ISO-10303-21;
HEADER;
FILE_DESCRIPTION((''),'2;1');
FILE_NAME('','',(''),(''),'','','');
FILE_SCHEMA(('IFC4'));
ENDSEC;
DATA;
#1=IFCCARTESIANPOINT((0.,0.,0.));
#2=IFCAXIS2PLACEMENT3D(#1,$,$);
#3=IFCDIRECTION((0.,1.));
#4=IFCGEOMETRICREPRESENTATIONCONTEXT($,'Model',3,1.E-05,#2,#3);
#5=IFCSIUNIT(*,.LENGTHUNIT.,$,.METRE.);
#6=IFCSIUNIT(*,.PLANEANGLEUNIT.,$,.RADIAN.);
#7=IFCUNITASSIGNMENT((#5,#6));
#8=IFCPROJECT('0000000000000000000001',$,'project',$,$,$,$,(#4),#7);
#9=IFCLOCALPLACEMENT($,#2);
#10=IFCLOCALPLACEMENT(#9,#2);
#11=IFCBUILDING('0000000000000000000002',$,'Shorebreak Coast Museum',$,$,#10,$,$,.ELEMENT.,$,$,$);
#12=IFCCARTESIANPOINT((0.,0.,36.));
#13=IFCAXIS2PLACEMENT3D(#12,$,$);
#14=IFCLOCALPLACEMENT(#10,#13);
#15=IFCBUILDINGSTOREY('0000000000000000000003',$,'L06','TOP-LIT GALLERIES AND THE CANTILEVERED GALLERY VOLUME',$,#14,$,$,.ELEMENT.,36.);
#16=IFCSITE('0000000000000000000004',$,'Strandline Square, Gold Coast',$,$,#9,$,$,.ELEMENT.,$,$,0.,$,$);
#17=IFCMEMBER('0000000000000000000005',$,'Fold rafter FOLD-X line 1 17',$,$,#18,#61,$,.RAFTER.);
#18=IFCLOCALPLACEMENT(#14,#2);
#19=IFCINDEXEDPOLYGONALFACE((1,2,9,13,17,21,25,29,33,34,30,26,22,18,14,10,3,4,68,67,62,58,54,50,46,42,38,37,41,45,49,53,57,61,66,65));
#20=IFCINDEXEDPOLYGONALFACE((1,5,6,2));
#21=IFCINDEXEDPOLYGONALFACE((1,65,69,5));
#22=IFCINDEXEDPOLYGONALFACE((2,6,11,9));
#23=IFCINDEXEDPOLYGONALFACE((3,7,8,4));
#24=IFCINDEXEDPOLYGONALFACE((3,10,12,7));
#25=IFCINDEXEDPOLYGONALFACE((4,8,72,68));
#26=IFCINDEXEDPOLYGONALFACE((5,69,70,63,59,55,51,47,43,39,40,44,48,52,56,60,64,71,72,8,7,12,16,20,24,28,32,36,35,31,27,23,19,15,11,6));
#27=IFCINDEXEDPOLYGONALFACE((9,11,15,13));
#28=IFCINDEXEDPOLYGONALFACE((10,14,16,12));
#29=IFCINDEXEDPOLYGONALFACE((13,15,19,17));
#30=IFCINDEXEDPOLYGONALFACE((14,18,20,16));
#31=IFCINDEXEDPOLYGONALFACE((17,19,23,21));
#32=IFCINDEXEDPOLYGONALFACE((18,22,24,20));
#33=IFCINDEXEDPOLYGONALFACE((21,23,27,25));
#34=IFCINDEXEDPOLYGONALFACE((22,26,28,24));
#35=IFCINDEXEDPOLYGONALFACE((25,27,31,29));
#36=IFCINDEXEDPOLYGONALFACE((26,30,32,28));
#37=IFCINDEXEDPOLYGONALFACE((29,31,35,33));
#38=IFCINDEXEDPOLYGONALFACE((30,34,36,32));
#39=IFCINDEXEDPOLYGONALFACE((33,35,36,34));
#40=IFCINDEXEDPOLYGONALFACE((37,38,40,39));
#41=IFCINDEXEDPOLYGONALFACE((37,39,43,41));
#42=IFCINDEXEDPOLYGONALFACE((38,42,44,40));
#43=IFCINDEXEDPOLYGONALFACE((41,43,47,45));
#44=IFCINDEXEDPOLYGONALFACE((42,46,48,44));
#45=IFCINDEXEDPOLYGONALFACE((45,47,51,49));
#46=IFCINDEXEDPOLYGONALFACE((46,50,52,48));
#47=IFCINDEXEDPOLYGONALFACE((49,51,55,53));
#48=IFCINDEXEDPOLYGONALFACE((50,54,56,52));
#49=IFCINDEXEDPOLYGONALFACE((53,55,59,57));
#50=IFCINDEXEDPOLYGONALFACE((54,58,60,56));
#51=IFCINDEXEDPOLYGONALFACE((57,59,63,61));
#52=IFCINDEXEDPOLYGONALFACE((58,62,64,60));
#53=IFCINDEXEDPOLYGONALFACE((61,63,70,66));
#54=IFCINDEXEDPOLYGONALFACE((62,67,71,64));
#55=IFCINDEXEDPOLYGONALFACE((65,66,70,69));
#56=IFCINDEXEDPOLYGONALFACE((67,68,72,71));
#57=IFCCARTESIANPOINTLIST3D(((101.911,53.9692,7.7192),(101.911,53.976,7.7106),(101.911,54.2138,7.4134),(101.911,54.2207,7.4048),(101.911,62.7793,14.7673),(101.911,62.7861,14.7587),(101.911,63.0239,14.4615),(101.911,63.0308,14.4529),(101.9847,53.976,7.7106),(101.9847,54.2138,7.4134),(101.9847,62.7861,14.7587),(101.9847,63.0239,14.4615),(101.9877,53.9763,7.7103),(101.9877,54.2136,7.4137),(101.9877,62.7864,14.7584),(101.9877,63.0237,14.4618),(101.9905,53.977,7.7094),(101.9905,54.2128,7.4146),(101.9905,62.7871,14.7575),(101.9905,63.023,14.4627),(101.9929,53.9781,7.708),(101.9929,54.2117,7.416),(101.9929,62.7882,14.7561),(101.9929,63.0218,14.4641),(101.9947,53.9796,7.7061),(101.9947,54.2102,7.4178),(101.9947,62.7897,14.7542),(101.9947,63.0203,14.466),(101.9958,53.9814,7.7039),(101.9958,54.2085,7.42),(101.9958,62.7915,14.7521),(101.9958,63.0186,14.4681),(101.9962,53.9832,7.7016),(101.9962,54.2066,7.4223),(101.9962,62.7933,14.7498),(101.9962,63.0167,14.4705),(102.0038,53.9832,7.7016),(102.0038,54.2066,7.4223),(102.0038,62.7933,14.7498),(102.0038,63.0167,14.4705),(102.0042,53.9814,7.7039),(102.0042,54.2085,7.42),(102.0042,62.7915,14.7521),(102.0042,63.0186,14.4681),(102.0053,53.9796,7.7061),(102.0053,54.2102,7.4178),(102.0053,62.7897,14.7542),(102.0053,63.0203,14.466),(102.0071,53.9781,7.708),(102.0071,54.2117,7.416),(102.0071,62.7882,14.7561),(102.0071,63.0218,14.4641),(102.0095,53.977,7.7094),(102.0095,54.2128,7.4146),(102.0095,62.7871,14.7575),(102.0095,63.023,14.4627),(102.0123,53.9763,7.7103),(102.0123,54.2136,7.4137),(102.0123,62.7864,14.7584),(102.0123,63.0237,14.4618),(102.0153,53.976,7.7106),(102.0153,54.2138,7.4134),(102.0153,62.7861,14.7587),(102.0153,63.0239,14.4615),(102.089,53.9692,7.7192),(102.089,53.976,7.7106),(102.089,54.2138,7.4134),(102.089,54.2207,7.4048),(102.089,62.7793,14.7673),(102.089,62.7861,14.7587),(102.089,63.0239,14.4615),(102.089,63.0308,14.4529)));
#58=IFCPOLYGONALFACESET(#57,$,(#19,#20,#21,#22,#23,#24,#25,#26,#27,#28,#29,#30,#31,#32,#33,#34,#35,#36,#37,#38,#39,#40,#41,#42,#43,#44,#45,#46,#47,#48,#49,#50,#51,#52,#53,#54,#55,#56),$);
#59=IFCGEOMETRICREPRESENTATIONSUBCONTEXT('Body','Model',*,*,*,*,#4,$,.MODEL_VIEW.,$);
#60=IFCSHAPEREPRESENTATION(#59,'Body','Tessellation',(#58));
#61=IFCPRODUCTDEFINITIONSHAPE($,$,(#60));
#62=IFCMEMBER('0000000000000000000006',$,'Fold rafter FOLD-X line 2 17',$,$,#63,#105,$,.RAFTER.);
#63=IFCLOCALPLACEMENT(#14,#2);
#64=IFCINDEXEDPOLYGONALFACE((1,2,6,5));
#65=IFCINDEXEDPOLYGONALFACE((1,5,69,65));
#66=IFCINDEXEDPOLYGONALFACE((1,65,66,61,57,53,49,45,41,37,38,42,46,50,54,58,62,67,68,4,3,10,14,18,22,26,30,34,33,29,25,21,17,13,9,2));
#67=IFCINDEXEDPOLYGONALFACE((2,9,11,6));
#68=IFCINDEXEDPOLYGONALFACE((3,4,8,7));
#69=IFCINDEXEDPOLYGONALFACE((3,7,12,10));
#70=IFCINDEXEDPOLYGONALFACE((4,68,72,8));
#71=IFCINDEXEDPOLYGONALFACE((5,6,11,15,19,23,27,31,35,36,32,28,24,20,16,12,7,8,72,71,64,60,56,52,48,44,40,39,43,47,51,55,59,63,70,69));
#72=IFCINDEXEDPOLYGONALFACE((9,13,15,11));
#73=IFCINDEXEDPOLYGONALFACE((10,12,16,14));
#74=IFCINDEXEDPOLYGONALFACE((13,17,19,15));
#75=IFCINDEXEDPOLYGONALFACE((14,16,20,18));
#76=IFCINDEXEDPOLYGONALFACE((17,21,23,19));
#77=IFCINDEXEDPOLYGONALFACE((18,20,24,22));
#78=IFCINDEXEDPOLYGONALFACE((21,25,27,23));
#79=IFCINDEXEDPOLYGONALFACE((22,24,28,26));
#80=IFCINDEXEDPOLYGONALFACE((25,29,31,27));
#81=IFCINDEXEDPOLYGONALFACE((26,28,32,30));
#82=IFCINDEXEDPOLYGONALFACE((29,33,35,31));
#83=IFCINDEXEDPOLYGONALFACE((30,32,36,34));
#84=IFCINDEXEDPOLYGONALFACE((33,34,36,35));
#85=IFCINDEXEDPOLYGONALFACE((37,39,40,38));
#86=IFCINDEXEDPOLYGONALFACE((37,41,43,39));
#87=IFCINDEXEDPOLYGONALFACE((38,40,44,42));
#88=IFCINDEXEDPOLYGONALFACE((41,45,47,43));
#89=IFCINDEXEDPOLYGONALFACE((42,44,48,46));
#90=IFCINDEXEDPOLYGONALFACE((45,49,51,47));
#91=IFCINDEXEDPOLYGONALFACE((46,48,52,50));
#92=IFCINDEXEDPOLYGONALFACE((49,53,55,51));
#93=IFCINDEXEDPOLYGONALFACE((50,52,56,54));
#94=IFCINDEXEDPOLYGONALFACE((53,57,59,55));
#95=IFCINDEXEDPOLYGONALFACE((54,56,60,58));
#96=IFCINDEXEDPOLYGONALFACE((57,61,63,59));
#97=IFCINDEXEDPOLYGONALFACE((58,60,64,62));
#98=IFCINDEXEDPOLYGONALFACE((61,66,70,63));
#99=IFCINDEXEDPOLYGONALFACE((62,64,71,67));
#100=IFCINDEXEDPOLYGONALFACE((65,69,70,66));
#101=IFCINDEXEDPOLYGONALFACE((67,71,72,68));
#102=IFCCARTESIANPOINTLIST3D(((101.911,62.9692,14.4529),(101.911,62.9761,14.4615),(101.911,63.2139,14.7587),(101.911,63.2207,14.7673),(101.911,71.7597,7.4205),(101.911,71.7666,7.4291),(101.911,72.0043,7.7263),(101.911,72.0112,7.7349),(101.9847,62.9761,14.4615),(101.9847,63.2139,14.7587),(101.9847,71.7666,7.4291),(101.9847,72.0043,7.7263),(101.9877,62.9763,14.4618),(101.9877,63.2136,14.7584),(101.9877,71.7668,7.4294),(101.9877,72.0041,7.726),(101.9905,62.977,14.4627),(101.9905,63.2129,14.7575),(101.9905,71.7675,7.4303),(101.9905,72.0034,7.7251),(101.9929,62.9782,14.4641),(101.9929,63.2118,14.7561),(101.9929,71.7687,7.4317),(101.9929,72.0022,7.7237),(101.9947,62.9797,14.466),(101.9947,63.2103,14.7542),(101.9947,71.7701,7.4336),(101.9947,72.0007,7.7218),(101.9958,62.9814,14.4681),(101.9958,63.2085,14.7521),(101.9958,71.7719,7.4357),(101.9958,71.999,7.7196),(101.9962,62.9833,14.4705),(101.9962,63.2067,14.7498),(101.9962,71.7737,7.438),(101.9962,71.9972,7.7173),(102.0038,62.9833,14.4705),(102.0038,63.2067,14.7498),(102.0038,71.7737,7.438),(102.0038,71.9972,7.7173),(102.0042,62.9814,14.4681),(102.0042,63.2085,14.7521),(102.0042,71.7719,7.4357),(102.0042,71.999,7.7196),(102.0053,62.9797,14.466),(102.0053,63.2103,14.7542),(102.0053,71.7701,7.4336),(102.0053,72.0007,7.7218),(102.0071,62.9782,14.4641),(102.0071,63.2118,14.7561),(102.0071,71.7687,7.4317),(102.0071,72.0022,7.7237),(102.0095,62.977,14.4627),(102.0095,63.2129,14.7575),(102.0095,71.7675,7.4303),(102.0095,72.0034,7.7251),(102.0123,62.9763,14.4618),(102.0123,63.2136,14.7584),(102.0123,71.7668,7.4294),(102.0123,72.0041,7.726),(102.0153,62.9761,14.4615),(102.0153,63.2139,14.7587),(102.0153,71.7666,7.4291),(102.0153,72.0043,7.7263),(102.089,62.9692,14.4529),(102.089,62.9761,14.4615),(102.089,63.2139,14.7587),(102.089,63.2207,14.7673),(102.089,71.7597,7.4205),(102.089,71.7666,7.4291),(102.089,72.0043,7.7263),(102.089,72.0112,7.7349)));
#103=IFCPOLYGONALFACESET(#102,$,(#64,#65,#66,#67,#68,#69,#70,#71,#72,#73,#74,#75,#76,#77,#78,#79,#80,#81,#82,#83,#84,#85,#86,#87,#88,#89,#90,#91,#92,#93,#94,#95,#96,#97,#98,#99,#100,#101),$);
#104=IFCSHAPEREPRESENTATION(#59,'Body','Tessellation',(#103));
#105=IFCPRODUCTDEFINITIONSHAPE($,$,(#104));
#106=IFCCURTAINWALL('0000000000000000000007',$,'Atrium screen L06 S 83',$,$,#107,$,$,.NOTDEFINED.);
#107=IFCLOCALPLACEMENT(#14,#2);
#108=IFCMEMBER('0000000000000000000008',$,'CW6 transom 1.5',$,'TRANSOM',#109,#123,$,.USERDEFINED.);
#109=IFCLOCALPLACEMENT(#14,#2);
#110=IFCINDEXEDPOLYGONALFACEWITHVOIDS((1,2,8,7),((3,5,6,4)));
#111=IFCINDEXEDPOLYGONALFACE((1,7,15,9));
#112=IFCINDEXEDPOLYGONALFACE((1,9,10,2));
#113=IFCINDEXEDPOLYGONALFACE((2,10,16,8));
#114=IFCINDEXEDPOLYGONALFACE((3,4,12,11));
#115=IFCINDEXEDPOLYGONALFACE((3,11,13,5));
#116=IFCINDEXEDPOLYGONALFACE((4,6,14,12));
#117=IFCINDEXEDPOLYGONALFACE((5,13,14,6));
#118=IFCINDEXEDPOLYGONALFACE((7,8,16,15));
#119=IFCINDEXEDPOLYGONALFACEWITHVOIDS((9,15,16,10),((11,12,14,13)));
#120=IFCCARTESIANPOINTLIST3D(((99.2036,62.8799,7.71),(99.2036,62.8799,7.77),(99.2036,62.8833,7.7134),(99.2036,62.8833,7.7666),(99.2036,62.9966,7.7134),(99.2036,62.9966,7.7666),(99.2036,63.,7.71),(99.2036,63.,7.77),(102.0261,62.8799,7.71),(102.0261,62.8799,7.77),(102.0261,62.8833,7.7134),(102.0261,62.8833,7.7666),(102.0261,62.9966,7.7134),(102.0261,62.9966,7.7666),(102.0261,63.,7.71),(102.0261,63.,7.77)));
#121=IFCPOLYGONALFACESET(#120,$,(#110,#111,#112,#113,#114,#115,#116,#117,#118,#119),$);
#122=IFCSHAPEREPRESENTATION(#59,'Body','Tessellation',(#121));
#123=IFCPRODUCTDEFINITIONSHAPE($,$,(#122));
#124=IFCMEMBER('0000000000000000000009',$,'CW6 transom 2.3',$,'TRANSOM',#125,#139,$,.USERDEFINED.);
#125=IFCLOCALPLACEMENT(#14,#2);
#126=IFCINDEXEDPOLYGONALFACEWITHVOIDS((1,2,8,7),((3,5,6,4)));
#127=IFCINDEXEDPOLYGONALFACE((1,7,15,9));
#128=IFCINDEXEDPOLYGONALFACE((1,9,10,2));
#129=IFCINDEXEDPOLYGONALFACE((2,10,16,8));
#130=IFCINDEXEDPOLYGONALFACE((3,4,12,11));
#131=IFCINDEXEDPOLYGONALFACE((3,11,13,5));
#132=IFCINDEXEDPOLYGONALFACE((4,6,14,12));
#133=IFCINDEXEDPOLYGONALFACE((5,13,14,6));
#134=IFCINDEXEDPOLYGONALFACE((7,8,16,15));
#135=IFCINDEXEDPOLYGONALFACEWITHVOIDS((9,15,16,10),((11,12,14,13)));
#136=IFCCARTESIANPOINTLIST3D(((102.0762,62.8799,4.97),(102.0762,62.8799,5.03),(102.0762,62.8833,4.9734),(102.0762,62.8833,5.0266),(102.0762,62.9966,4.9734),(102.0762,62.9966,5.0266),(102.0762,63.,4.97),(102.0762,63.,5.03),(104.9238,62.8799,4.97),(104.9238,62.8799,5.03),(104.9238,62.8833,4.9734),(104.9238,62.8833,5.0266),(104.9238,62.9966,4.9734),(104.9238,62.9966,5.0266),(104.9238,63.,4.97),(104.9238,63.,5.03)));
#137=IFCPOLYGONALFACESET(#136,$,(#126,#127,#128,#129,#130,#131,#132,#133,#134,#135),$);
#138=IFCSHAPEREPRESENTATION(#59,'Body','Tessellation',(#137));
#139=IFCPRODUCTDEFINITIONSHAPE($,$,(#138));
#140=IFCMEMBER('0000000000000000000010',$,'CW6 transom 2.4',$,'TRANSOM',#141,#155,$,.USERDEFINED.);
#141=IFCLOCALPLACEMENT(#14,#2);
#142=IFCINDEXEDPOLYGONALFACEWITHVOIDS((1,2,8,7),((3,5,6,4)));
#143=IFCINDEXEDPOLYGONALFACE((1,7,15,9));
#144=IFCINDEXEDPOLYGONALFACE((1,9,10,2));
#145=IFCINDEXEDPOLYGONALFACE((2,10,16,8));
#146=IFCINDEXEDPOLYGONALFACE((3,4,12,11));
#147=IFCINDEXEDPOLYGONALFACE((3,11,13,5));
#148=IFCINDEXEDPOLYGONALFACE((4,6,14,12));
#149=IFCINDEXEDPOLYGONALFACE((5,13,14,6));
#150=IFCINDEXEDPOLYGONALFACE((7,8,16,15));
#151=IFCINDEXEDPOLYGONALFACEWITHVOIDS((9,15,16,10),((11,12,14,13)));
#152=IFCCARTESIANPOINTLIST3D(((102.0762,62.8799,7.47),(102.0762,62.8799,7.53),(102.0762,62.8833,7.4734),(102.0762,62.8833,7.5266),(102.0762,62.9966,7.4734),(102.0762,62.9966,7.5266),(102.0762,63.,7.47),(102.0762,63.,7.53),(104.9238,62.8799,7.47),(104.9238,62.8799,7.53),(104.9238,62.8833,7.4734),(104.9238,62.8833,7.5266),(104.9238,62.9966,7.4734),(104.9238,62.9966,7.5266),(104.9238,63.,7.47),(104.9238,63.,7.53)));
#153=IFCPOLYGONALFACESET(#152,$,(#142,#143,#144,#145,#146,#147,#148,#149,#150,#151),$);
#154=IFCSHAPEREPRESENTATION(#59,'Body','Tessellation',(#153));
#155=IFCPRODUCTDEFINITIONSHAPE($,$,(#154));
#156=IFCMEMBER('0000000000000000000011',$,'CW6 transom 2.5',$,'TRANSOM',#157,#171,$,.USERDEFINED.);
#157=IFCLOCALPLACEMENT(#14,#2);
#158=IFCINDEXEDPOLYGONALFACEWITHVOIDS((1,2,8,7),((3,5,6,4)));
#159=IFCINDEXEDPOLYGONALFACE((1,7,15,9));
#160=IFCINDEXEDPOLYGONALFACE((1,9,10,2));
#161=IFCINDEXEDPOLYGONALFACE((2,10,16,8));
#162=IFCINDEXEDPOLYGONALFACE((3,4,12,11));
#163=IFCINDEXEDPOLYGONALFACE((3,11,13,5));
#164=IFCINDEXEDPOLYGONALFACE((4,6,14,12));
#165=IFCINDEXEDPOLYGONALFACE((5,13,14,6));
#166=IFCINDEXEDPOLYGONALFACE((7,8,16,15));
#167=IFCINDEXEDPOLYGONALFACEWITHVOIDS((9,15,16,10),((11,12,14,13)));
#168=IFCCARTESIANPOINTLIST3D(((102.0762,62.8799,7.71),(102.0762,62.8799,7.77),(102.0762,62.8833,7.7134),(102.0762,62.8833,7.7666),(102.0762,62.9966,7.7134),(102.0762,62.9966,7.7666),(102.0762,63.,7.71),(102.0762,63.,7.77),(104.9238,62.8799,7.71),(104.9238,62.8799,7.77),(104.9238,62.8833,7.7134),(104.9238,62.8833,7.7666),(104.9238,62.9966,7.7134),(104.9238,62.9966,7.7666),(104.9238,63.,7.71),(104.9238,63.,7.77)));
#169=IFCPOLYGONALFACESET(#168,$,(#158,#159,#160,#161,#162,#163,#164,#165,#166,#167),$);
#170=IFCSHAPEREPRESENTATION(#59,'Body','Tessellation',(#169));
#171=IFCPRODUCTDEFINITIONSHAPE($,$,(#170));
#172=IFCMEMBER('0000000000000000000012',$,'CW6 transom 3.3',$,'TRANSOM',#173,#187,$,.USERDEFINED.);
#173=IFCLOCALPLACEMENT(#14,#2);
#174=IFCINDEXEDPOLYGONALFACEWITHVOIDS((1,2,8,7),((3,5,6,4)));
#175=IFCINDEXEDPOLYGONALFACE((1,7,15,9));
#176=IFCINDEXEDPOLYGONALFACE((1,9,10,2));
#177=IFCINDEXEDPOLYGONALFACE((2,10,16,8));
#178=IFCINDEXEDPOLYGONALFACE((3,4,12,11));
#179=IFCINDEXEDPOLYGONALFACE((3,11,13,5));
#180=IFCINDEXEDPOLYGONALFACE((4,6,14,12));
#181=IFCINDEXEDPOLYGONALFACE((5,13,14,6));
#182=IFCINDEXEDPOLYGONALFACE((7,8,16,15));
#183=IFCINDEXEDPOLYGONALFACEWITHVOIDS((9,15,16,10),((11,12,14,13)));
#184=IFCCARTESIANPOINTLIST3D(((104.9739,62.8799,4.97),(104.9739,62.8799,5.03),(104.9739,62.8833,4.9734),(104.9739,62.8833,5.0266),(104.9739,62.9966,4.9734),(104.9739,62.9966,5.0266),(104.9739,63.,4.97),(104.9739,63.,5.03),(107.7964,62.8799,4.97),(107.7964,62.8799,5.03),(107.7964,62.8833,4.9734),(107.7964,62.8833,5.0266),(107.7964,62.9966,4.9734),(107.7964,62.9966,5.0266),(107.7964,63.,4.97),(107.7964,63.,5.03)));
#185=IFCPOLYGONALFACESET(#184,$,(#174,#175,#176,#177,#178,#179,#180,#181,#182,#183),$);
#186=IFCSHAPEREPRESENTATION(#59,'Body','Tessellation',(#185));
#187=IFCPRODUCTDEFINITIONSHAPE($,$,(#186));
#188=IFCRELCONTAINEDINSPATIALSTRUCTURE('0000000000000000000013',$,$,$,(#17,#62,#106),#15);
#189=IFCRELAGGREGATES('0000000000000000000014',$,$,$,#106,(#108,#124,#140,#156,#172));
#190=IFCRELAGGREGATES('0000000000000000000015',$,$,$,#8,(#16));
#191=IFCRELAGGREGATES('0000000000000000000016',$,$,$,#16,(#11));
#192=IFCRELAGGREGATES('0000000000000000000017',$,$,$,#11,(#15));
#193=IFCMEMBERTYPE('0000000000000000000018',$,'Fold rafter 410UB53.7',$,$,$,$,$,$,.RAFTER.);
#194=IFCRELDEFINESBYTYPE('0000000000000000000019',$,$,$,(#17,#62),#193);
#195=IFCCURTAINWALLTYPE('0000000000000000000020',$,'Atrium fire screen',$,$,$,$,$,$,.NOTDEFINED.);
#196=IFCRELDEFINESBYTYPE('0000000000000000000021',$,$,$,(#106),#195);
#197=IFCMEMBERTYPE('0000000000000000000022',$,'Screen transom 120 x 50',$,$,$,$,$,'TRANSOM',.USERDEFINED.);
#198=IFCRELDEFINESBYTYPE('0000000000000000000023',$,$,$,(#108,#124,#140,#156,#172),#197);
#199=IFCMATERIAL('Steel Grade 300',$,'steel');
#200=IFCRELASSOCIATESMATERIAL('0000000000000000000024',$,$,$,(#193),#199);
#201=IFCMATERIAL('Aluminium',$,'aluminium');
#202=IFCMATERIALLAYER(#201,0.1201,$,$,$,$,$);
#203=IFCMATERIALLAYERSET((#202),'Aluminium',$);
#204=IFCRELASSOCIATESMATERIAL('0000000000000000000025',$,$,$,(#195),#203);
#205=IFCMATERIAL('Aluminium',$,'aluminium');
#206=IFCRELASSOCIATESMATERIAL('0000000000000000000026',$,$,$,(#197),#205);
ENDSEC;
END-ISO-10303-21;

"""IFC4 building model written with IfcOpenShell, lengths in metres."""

from ifc_helpers import new_model, si_unit, direction, frame, origin, origin_2d, place, context, subcontext, project, spatial, hollow_rectangle, i_section, extrude, material, layer, layer_set, material_profile, profile_set, type_object, element, aggregate, save


model = new_model("IFC4")

# Units and contexts
model_context = context("Model", 3, precision=1e-05, world=origin(), true_north=direction((0.0, 1.0)))
body_context = subcontext(model_context, "Body", "Model", "MODEL_VIEW")
ifc_project = project(units=[si_unit("LENGTHUNIT", "METRE"), si_unit("PLANEANGLEUNIT", "RADIAN")], contexts=[model_context])

# Site, building, storey
site_placement = place(None, origin())
site = spatial("IfcSite", under=ifc_project, at=site_placement, Name="Strandline Square, Gold Coast", CompositionType="ELEMENT", RefElevation=0.0)
building_placement = place(site_placement, origin())
building = spatial("IfcBuilding", under=site, at=building_placement, Name="Shorebreak Coast Museum", CompositionType="ELEMENT")
storey_placement = place(building_placement, frame((0.0, 0.0, 36.0)))
storey = spatial("IfcBuildingStorey", under=building, at=storey_placement, Name="L06", Description="TOP-LIT GALLERIES AND THE CANTILEVERED GALLERY VOLUME", CompositionType="ELEMENT", Elevation=36.0)

# Members
ifc_material_1 = material(Name="Steel Grade 300", Category="steel")
ifc_material_profile_1 = material_profile(ifc_material_1, i_section(OverallWidth=0.178, OverallDepth=0.4026, WebThickness=0.0076, FlangeThickness=0.011, FilletRadius=0.0115, at=origin_2d()), Name="410UB53.7")
ifc_profile_set_1 = profile_set([ifc_material_profile_1], Name="Steel Grade 300")
member_type_1 = type_object("IfcMemberType", Name="Fold rafter 410UB53.7", PredefinedType="RAFTER", material=ifc_profile_set_1)
member_1_placement = place(storey_placement, frame((102.0, 62.905, 14.6101), z_axis=(0.0, -0.780867, -0.624698), x_axis=(1.0, 0.0, 0.0)))
element("IfcMember", 1, at=member_1_placement, inside=storey, type_object=member_type_1, Name="Fold rafter FOLD-X line 1 17", PredefinedType="RAFTER", context=body_context, shape_type="SweptSolid", body=[
    extrude(i_section(OverallWidth=0.178, OverallDepth=0.4026, WebThickness=0.0076, FlangeThickness=0.011, FilletRadius=0.0115, at=origin_2d()), origin(), (0.0, 0.0, 1.0), 11.2825),
])
member_2_placement = place(storey_placement, frame((102.0, 63.095, 14.6101), z_axis=(0.0, 0.780867, -0.624698), x_axis=(-1.0, 0.0, 0.0)))
element("IfcMember", 2, at=member_2_placement, inside=storey, type_object=member_type_1, Name="Fold rafter FOLD-X line 2 17", PredefinedType="RAFTER", context=body_context, shape_type="SweptSolid", body=[
    extrude(i_section(OverallWidth=0.178, OverallDepth=0.4026, WebThickness=0.0076, FlangeThickness=0.011, FilletRadius=0.0115, at=origin_2d()), origin(), (0.0, 0.0, 1.0), 11.2573),
])

# Curtain wall, members
ifc_material_2 = material(Name="Aluminium", Category="aluminium")
ifc_layer_1 = layer(ifc_material_2, 0.1201)
ifc_layer_set_1 = layer_set([ifc_layer_1], Name="Aluminium")
curtain_wall_type_1 = type_object("IfcCurtainWallType", Name="Atrium fire screen", PredefinedType="NOTDEFINED", material=ifc_layer_set_1)
curtain_wall_1_placement = place(storey_placement, origin())
curtain_wall_1 = element("IfcCurtainWall", 3, at=curtain_wall_1_placement, inside=storey, type_object=curtain_wall_type_1, Name="Atrium screen L06 S 83", PredefinedType="NOTDEFINED")
ifc_material_3 = material(Name="Aluminium", Category="aluminium")
ifc_material_profile_2 = material_profile(ifc_material_3, hollow_rectangle(XDim=0.1201, YDim=0.0601, WallThickness=0.0034, at=origin_2d()), Name="AL 60x120 RHS")
ifc_profile_set_2 = profile_set([ifc_material_profile_2], Name="Aluminium")
member_type_2 = type_object("IfcMemberType", Name="Screen transom 120 x 50", ElementType="TRANSOM", PredefinedType="USERDEFINED", material=ifc_profile_set_2)
member_3_placement = place(storey_placement, frame((99.2036, 62.9399, 7.74), z_axis=(1.0, 0.0, 0.0), x_axis=(0.0, 1.0, 0.0)))
member_3 = element("IfcMember", 4, at=member_3_placement, type_object=member_type_2, Name="CW6 transom 1.5", ObjectType="TRANSOM", PredefinedType="USERDEFINED", context=body_context, shape_type="SweptSolid", body=[
    extrude(hollow_rectangle(XDim=0.1201, YDim=0.0601, WallThickness=0.0034, at=origin_2d()), origin(), (0.0, 0.0, 1.0), 2.8225),
])
member_4_placement = place(storey_placement, frame((102.0762, 62.9399, 5.0), z_axis=(1.0, 0.0, 0.0), x_axis=(0.0, 1.0, 0.0)))
member_4 = element("IfcMember", 5, at=member_4_placement, type_object=member_type_2, Name="CW6 transom 2.3", ObjectType="TRANSOM", PredefinedType="USERDEFINED", context=body_context, shape_type="SweptSolid", body=[
    extrude(hollow_rectangle(XDim=0.1201, YDim=0.0601, WallThickness=0.0034, at=origin_2d()), origin(), (0.0, 0.0, 1.0), 2.8477),
])
member_5_placement = place(storey_placement, frame((102.0762, 62.9399, 7.5), z_axis=(1.0, 0.0, 0.0), x_axis=(0.0, 1.0, 0.0)))
member_5 = element("IfcMember", 6, at=member_5_placement, type_object=member_type_2, Name="CW6 transom 2.4", ObjectType="TRANSOM", PredefinedType="USERDEFINED", context=body_context, shape_type="SweptSolid", body=[
    extrude(hollow_rectangle(XDim=0.1201, YDim=0.0601, WallThickness=0.0034, at=origin_2d()), origin(), (0.0, 0.0, 1.0), 2.8477),
])
member_6_placement = place(storey_placement, frame((102.0762, 62.9399, 7.74), z_axis=(1.0, 0.0, 0.0), x_axis=(0.0, 1.0, 0.0)))
member_6 = element("IfcMember", 7, at=member_6_placement, type_object=member_type_2, Name="CW6 transom 2.5", ObjectType="TRANSOM", PredefinedType="USERDEFINED", context=body_context, shape_type="SweptSolid", body=[
    extrude(hollow_rectangle(XDim=0.1201, YDim=0.0601, WallThickness=0.0034, at=origin_2d()), origin(), (0.0, 0.0, 1.0), 2.8477),
])
member_7_placement = place(storey_placement, frame((104.9739, 62.9399, 5.0), z_axis=(1.0, 0.0, 0.0), x_axis=(0.0, 1.0, 0.0)))
member_7 = element("IfcMember", 8, at=member_7_placement, type_object=member_type_2, Name="CW6 transom 3.3", ObjectType="TRANSOM", PredefinedType="USERDEFINED", context=body_context, shape_type="SweptSolid", body=[
    extrude(hollow_rectangle(XDim=0.1201, YDim=0.0601, WallThickness=0.0034, at=origin_2d()), origin(), (0.0, 0.0, 1.0), 2.8225),
])

aggregate(curtain_wall_1, [member_3, member_4, member_5, member_6, member_7])

save(model, "model.ifc")
